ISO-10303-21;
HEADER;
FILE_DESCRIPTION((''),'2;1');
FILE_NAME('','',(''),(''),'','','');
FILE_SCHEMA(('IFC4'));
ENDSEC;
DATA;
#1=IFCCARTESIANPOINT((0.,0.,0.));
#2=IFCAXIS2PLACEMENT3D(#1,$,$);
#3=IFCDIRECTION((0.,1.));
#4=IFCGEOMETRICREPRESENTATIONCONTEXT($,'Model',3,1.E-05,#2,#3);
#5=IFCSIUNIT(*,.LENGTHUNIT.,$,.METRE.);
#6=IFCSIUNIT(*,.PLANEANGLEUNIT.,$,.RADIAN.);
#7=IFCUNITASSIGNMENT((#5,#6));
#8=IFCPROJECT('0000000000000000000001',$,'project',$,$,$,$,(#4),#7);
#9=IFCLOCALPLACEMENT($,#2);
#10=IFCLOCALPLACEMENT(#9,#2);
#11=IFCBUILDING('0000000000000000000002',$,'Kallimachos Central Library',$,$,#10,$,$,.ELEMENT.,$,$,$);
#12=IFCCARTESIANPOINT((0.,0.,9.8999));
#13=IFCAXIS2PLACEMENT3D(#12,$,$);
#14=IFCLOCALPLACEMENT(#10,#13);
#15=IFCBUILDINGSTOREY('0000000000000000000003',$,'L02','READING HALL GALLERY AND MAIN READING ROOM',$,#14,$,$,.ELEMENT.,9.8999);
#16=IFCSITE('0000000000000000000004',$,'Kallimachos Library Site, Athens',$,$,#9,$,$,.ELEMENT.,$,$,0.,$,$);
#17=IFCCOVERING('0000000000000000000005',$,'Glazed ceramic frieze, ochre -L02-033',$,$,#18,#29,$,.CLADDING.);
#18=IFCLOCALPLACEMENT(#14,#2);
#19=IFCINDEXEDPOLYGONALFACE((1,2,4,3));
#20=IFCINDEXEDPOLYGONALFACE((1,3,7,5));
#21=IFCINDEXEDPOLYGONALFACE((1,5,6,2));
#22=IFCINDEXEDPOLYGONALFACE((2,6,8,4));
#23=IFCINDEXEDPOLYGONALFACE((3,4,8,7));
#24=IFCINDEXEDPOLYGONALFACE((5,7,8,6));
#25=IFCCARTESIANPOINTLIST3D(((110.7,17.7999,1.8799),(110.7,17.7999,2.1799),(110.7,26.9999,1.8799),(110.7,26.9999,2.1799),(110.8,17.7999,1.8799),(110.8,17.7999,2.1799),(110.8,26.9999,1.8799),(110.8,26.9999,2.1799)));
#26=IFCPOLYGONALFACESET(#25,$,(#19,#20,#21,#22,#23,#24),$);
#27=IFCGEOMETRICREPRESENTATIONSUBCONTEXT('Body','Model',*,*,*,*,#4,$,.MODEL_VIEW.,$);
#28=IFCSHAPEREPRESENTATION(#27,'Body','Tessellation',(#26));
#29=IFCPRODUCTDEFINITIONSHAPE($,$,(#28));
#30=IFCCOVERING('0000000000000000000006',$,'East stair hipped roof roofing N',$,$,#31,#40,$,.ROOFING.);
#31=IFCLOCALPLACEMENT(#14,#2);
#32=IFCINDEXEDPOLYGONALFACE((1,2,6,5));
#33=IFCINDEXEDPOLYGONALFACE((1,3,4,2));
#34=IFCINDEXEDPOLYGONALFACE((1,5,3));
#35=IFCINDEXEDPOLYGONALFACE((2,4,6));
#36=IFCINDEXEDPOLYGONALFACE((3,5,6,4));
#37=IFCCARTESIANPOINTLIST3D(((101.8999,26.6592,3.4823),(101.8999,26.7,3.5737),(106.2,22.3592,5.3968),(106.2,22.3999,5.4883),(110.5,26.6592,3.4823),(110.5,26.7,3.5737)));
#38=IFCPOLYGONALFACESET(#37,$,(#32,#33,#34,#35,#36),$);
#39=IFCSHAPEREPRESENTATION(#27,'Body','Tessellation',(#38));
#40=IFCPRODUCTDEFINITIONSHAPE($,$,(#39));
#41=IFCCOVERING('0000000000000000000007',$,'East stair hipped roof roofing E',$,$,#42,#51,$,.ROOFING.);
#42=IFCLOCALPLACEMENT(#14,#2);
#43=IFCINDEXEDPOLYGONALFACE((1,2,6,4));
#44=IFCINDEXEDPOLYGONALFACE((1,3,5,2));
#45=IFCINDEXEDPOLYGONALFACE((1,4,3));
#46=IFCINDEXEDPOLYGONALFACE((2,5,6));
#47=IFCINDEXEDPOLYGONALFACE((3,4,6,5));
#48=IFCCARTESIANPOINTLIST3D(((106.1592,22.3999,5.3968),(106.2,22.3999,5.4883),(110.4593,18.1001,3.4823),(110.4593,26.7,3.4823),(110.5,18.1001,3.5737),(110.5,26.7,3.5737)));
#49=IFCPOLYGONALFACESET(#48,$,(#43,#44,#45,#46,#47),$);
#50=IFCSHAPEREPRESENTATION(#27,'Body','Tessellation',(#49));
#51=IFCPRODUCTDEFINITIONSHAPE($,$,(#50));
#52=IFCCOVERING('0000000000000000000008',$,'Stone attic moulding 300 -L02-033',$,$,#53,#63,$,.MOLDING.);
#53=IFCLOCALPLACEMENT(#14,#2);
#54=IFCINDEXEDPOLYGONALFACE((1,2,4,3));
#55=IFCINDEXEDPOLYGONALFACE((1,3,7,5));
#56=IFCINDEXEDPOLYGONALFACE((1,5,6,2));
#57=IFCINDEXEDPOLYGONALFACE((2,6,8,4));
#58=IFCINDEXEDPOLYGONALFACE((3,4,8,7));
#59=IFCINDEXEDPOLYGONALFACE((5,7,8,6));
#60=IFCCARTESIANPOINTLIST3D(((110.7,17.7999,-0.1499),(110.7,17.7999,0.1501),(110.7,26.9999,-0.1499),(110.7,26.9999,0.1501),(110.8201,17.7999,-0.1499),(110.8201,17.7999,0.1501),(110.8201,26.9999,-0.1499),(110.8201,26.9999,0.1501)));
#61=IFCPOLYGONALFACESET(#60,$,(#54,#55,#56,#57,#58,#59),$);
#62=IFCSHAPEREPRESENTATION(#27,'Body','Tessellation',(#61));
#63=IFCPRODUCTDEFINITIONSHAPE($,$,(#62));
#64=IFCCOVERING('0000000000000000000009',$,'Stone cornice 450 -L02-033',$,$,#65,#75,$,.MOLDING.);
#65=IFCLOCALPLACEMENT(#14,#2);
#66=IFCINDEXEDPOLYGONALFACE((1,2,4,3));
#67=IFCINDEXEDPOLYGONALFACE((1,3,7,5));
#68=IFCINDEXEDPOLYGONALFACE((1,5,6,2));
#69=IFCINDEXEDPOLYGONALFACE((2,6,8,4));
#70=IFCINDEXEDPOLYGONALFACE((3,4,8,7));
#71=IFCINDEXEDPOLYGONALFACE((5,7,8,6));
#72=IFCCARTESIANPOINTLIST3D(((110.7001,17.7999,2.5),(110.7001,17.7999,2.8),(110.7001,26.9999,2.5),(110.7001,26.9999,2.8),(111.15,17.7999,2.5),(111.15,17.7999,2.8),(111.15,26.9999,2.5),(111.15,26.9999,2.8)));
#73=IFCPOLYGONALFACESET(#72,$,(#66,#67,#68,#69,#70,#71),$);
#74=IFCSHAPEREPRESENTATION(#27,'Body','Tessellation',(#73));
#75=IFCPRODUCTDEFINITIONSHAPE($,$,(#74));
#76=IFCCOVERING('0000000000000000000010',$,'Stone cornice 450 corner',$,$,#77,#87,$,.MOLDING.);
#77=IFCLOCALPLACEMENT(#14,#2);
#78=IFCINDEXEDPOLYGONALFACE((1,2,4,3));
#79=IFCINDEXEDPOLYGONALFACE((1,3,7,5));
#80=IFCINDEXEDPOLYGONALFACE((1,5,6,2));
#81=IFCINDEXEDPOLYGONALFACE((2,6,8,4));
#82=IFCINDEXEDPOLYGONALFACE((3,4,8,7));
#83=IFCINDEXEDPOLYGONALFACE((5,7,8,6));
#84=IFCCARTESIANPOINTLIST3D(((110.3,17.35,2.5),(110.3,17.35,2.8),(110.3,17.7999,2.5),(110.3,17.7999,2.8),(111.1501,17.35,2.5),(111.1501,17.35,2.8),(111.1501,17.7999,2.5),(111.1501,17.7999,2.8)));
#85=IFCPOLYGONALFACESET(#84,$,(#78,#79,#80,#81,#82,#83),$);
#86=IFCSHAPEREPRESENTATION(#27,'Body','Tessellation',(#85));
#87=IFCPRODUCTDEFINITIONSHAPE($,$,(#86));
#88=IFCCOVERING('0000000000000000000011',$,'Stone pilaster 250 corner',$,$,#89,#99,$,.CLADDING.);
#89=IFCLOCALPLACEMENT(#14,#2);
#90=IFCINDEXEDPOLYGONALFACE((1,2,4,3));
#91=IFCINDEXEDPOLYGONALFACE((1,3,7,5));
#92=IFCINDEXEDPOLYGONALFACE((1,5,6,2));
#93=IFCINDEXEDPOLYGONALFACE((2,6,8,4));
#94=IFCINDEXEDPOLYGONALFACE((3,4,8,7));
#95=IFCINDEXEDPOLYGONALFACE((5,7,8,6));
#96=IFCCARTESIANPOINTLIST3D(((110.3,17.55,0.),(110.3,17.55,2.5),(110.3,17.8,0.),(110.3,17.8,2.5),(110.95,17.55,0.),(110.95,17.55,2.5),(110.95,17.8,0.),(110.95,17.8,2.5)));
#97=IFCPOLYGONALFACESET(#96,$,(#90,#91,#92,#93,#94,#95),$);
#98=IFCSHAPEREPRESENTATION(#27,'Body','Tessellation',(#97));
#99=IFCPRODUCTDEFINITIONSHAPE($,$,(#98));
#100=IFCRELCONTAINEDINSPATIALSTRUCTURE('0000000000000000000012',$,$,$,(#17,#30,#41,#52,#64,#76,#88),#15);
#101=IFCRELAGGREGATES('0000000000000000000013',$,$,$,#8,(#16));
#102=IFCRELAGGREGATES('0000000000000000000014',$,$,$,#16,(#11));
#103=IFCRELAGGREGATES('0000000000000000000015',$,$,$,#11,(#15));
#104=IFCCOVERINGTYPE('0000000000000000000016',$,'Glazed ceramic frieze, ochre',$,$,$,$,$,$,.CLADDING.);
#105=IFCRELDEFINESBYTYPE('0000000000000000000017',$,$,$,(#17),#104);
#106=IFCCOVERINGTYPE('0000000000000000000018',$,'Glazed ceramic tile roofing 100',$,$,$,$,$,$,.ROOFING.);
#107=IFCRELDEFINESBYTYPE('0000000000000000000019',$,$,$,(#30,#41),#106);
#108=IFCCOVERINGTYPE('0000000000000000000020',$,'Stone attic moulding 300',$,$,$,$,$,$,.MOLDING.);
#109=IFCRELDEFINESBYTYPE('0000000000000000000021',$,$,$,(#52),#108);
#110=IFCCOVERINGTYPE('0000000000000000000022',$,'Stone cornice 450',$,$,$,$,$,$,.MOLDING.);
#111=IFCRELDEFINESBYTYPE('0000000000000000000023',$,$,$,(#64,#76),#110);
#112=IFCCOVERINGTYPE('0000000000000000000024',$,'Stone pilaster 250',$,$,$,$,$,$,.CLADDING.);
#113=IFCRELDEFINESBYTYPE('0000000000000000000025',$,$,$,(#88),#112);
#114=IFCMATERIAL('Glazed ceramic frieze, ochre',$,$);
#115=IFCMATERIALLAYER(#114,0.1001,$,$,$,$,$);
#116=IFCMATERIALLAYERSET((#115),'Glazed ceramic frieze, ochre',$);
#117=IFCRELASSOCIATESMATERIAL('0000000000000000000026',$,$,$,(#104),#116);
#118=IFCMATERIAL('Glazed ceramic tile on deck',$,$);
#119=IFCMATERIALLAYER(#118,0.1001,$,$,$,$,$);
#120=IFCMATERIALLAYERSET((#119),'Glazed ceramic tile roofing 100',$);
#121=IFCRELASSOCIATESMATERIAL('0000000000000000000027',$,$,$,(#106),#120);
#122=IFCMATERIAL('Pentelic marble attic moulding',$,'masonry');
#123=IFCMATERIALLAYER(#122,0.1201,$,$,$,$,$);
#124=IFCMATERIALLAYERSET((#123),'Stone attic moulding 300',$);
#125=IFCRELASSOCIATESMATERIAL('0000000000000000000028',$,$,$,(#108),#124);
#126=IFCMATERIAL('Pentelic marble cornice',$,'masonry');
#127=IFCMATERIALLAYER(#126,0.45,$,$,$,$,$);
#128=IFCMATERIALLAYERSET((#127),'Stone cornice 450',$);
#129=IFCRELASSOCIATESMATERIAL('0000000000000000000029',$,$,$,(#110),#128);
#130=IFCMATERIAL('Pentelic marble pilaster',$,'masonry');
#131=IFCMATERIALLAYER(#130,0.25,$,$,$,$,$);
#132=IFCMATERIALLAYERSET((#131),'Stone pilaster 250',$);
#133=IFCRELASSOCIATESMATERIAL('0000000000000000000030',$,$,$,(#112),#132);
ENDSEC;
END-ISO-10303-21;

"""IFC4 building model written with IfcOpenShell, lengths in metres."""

from ifc_helpers import new_model, si_unit, direction, frame, origin, origin_2d, place, context, subcontext, project, spatial, polyline, rectangle, outline, extrude, material, layer, layer_set, type_object, element, save


model = new_model("IFC4")

# Units and contexts
model_context = context("Model", 3, precision=1e-05, world=origin(), true_north=direction((0.0, 1.0)))
body_context = subcontext(model_context, "Body", "Model", "MODEL_VIEW")
ifc_project = project(units=[si_unit("LENGTHUNIT", "METRE"), si_unit("PLANEANGLEUNIT", "RADIAN")], contexts=[model_context])

# Site, building, storey
site_placement = place(None, origin())
site = spatial("IfcSite", under=ifc_project, at=site_placement, Name="Kallimachos Library Site, Athens", CompositionType="ELEMENT", RefElevation=0.0)
building_placement = place(site_placement, origin())
building = spatial("IfcBuilding", under=site, at=building_placement, Name="Kallimachos Central Library", CompositionType="ELEMENT")
storey_placement = place(building_placement, frame((0.0, 0.0, 9.8999)))
storey = spatial("IfcBuildingStorey", under=building, at=storey_placement, Name="L02", Description="READING HALL GALLERY AND MAIN READING ROOM", CompositionType="ELEMENT", Elevation=9.8999)

# Coverings
ifc_material_1 = material(Name="Glazed ceramic frieze, ochre")
ifc_layer_1 = layer(ifc_material_1, 0.1001)
ifc_layer_set_1 = layer_set([ifc_layer_1], Name="Glazed ceramic frieze, ochre")
covering_type_1 = type_object("IfcCoveringType", Name="Glazed ceramic frieze, ochre", PredefinedType="CLADDING", material=ifc_layer_set_1)
covering_1_placement = place(storey_placement, frame((110.75, 22.3999, 1.8799), z_axis=(0.0, 0.0, 1.0), x_axis=(1.0, 0.0, 0.0)))
element("IfcCovering", 1, at=covering_1_placement, inside=storey, type_object=covering_type_1, Name="Glazed ceramic frieze, ochre -L02-033", PredefinedType="CLADDING", context=body_context, shape_type="SweptSolid", body=[
    extrude(rectangle(XDim=0.1001, YDim=9.2, at=origin_2d()), origin(), (0.0, 0.0, 1.0), 0.3),
])
ifc_material_2 = material(Name="Glazed ceramic tile on deck")
ifc_layer_2 = layer(ifc_material_2, 0.1001)
ifc_layer_set_2 = layer_set([ifc_layer_2], Name="Glazed ceramic tile roofing 100")
covering_type_2 = type_object("IfcCoveringType", Name="Glazed ceramic tile roofing 100", PredefinedType="ROOFING", material=ifc_layer_set_2)
covering_2_placement = place(storey_placement, frame((110.5, 26.7, 3.5737), z_axis=(0.0, 0.406745, 0.913542), x_axis=(-1.0, 0.0, 0.0)))
element("IfcCovering", 2, at=covering_2_placement, inside=storey, type_object=covering_type_2, Name="East stair hipped roof roofing N", PredefinedType="ROOFING", context=body_context, shape_type="SweptSolid", body=[
    extrude(outline(polyline([(0.0, 0.0), (8.6001, 0.0), (4.3, 4.707), (0.0, 0.0)])), origin(), (0.0, 0.0, -1.0), 0.1001),
])
covering_3_placement = place(storey_placement, frame((110.5, 18.1001, 3.5737), z_axis=(0.406745, 0.0, 0.913542), x_axis=(0.0, 1.0, 0.0)))
element("IfcCovering", 3, at=covering_3_placement, inside=storey, type_object=covering_type_2, Name="East stair hipped roof roofing E", PredefinedType="ROOFING", context=body_context, shape_type="SweptSolid", body=[
    extrude(outline(polyline([(0.0, 0.0), (8.5999, 0.0), (4.2998, 4.707), (0.0, 0.0)])), origin(), (0.0, 0.0, -1.0), 0.1001),
])
ifc_material_3 = material(Name="Pentelic marble attic moulding", Category="masonry")
ifc_layer_3 = layer(ifc_material_3, 0.1201)
ifc_layer_set_3 = layer_set([ifc_layer_3], Name="Stone attic moulding 300")
covering_type_3 = type_object("IfcCoveringType", Name="Stone attic moulding 300", PredefinedType="MOLDING", material=ifc_layer_set_3)
covering_4_placement = place(storey_placement, frame((110.76, 22.3999, -0.1499), z_axis=(0.0, 0.0, 1.0), x_axis=(1.0, 0.0, 0.0)))
element("IfcCovering", 4, at=covering_4_placement, inside=storey, type_object=covering_type_3, Name="Stone attic moulding 300 -L02-033", PredefinedType="MOLDING", context=body_context, shape_type="SweptSolid", body=[
    extrude(rectangle(XDim=0.1201, YDim=9.2, at=origin_2d()), origin(), (0.0, 0.0, 1.0), 0.3),
])
ifc_material_4 = material(Name="Pentelic marble cornice", Category="masonry")
ifc_layer_4 = layer(ifc_material_4, 0.45)
ifc_layer_set_4 = layer_set([ifc_layer_4], Name="Stone cornice 450")
covering_type_4 = type_object("IfcCoveringType", Name="Stone cornice 450", PredefinedType="MOLDING", material=ifc_layer_set_4)
covering_5_placement = place(storey_placement, frame((110.925, 22.3999, 2.5), z_axis=(0.0, 0.0, 1.0), x_axis=(1.0, 0.0, 0.0)))
element("IfcCovering", 5, at=covering_5_placement, inside=storey, type_object=covering_type_4, Name="Stone cornice 450 -L02-033", PredefinedType="MOLDING", context=body_context, shape_type="SweptSolid", body=[
    extrude(rectangle(XDim=0.45, YDim=9.2, at=origin_2d()), origin(), (0.0, 0.0, 1.0), 0.3),
])
covering_6_placement = place(storey_placement, frame((110.7251, 17.575, 2.5), z_axis=(0.0, 0.0, 1.0), x_axis=(1.0, 0.0, 0.0)))
element("IfcCovering", 6, at=covering_6_placement, inside=storey, type_object=covering_type_4, Name="Stone cornice 450 corner", PredefinedType="MOLDING", context=body_context, shape_type="SweptSolid", body=[
    extrude(rectangle(XDim=0.8501, YDim=0.45, at=origin_2d()), origin(), (0.0, 0.0, 1.0), 0.3),
])
ifc_material_5 = material(Name="Pentelic marble pilaster", Category="masonry")
ifc_layer_5 = layer(ifc_material_5, 0.25)
ifc_layer_set_5 = layer_set([ifc_layer_5], Name="Stone pilaster 250")
covering_type_5 = type_object("IfcCoveringType", Name="Stone pilaster 250", PredefinedType="CLADDING", material=ifc_layer_set_5)
covering_7_placement = place(storey_placement, frame((110.625, 17.675, 0.0), z_axis=(0.0, 0.0, 1.0), x_axis=(1.0, 0.0, 0.0)))
element("IfcCovering", 7, at=covering_7_placement, inside=storey, type_object=covering_type_5, Name="Stone pilaster 250 corner", PredefinedType="CLADDING", context=body_context, shape_type="SweptSolid", body=[
    extrude(rectangle(XDim=0.6499, YDim=0.25, at=origin_2d()), origin(), (0.0, 0.0, 1.0), 2.5),
])

save(model, "model.ifc")
